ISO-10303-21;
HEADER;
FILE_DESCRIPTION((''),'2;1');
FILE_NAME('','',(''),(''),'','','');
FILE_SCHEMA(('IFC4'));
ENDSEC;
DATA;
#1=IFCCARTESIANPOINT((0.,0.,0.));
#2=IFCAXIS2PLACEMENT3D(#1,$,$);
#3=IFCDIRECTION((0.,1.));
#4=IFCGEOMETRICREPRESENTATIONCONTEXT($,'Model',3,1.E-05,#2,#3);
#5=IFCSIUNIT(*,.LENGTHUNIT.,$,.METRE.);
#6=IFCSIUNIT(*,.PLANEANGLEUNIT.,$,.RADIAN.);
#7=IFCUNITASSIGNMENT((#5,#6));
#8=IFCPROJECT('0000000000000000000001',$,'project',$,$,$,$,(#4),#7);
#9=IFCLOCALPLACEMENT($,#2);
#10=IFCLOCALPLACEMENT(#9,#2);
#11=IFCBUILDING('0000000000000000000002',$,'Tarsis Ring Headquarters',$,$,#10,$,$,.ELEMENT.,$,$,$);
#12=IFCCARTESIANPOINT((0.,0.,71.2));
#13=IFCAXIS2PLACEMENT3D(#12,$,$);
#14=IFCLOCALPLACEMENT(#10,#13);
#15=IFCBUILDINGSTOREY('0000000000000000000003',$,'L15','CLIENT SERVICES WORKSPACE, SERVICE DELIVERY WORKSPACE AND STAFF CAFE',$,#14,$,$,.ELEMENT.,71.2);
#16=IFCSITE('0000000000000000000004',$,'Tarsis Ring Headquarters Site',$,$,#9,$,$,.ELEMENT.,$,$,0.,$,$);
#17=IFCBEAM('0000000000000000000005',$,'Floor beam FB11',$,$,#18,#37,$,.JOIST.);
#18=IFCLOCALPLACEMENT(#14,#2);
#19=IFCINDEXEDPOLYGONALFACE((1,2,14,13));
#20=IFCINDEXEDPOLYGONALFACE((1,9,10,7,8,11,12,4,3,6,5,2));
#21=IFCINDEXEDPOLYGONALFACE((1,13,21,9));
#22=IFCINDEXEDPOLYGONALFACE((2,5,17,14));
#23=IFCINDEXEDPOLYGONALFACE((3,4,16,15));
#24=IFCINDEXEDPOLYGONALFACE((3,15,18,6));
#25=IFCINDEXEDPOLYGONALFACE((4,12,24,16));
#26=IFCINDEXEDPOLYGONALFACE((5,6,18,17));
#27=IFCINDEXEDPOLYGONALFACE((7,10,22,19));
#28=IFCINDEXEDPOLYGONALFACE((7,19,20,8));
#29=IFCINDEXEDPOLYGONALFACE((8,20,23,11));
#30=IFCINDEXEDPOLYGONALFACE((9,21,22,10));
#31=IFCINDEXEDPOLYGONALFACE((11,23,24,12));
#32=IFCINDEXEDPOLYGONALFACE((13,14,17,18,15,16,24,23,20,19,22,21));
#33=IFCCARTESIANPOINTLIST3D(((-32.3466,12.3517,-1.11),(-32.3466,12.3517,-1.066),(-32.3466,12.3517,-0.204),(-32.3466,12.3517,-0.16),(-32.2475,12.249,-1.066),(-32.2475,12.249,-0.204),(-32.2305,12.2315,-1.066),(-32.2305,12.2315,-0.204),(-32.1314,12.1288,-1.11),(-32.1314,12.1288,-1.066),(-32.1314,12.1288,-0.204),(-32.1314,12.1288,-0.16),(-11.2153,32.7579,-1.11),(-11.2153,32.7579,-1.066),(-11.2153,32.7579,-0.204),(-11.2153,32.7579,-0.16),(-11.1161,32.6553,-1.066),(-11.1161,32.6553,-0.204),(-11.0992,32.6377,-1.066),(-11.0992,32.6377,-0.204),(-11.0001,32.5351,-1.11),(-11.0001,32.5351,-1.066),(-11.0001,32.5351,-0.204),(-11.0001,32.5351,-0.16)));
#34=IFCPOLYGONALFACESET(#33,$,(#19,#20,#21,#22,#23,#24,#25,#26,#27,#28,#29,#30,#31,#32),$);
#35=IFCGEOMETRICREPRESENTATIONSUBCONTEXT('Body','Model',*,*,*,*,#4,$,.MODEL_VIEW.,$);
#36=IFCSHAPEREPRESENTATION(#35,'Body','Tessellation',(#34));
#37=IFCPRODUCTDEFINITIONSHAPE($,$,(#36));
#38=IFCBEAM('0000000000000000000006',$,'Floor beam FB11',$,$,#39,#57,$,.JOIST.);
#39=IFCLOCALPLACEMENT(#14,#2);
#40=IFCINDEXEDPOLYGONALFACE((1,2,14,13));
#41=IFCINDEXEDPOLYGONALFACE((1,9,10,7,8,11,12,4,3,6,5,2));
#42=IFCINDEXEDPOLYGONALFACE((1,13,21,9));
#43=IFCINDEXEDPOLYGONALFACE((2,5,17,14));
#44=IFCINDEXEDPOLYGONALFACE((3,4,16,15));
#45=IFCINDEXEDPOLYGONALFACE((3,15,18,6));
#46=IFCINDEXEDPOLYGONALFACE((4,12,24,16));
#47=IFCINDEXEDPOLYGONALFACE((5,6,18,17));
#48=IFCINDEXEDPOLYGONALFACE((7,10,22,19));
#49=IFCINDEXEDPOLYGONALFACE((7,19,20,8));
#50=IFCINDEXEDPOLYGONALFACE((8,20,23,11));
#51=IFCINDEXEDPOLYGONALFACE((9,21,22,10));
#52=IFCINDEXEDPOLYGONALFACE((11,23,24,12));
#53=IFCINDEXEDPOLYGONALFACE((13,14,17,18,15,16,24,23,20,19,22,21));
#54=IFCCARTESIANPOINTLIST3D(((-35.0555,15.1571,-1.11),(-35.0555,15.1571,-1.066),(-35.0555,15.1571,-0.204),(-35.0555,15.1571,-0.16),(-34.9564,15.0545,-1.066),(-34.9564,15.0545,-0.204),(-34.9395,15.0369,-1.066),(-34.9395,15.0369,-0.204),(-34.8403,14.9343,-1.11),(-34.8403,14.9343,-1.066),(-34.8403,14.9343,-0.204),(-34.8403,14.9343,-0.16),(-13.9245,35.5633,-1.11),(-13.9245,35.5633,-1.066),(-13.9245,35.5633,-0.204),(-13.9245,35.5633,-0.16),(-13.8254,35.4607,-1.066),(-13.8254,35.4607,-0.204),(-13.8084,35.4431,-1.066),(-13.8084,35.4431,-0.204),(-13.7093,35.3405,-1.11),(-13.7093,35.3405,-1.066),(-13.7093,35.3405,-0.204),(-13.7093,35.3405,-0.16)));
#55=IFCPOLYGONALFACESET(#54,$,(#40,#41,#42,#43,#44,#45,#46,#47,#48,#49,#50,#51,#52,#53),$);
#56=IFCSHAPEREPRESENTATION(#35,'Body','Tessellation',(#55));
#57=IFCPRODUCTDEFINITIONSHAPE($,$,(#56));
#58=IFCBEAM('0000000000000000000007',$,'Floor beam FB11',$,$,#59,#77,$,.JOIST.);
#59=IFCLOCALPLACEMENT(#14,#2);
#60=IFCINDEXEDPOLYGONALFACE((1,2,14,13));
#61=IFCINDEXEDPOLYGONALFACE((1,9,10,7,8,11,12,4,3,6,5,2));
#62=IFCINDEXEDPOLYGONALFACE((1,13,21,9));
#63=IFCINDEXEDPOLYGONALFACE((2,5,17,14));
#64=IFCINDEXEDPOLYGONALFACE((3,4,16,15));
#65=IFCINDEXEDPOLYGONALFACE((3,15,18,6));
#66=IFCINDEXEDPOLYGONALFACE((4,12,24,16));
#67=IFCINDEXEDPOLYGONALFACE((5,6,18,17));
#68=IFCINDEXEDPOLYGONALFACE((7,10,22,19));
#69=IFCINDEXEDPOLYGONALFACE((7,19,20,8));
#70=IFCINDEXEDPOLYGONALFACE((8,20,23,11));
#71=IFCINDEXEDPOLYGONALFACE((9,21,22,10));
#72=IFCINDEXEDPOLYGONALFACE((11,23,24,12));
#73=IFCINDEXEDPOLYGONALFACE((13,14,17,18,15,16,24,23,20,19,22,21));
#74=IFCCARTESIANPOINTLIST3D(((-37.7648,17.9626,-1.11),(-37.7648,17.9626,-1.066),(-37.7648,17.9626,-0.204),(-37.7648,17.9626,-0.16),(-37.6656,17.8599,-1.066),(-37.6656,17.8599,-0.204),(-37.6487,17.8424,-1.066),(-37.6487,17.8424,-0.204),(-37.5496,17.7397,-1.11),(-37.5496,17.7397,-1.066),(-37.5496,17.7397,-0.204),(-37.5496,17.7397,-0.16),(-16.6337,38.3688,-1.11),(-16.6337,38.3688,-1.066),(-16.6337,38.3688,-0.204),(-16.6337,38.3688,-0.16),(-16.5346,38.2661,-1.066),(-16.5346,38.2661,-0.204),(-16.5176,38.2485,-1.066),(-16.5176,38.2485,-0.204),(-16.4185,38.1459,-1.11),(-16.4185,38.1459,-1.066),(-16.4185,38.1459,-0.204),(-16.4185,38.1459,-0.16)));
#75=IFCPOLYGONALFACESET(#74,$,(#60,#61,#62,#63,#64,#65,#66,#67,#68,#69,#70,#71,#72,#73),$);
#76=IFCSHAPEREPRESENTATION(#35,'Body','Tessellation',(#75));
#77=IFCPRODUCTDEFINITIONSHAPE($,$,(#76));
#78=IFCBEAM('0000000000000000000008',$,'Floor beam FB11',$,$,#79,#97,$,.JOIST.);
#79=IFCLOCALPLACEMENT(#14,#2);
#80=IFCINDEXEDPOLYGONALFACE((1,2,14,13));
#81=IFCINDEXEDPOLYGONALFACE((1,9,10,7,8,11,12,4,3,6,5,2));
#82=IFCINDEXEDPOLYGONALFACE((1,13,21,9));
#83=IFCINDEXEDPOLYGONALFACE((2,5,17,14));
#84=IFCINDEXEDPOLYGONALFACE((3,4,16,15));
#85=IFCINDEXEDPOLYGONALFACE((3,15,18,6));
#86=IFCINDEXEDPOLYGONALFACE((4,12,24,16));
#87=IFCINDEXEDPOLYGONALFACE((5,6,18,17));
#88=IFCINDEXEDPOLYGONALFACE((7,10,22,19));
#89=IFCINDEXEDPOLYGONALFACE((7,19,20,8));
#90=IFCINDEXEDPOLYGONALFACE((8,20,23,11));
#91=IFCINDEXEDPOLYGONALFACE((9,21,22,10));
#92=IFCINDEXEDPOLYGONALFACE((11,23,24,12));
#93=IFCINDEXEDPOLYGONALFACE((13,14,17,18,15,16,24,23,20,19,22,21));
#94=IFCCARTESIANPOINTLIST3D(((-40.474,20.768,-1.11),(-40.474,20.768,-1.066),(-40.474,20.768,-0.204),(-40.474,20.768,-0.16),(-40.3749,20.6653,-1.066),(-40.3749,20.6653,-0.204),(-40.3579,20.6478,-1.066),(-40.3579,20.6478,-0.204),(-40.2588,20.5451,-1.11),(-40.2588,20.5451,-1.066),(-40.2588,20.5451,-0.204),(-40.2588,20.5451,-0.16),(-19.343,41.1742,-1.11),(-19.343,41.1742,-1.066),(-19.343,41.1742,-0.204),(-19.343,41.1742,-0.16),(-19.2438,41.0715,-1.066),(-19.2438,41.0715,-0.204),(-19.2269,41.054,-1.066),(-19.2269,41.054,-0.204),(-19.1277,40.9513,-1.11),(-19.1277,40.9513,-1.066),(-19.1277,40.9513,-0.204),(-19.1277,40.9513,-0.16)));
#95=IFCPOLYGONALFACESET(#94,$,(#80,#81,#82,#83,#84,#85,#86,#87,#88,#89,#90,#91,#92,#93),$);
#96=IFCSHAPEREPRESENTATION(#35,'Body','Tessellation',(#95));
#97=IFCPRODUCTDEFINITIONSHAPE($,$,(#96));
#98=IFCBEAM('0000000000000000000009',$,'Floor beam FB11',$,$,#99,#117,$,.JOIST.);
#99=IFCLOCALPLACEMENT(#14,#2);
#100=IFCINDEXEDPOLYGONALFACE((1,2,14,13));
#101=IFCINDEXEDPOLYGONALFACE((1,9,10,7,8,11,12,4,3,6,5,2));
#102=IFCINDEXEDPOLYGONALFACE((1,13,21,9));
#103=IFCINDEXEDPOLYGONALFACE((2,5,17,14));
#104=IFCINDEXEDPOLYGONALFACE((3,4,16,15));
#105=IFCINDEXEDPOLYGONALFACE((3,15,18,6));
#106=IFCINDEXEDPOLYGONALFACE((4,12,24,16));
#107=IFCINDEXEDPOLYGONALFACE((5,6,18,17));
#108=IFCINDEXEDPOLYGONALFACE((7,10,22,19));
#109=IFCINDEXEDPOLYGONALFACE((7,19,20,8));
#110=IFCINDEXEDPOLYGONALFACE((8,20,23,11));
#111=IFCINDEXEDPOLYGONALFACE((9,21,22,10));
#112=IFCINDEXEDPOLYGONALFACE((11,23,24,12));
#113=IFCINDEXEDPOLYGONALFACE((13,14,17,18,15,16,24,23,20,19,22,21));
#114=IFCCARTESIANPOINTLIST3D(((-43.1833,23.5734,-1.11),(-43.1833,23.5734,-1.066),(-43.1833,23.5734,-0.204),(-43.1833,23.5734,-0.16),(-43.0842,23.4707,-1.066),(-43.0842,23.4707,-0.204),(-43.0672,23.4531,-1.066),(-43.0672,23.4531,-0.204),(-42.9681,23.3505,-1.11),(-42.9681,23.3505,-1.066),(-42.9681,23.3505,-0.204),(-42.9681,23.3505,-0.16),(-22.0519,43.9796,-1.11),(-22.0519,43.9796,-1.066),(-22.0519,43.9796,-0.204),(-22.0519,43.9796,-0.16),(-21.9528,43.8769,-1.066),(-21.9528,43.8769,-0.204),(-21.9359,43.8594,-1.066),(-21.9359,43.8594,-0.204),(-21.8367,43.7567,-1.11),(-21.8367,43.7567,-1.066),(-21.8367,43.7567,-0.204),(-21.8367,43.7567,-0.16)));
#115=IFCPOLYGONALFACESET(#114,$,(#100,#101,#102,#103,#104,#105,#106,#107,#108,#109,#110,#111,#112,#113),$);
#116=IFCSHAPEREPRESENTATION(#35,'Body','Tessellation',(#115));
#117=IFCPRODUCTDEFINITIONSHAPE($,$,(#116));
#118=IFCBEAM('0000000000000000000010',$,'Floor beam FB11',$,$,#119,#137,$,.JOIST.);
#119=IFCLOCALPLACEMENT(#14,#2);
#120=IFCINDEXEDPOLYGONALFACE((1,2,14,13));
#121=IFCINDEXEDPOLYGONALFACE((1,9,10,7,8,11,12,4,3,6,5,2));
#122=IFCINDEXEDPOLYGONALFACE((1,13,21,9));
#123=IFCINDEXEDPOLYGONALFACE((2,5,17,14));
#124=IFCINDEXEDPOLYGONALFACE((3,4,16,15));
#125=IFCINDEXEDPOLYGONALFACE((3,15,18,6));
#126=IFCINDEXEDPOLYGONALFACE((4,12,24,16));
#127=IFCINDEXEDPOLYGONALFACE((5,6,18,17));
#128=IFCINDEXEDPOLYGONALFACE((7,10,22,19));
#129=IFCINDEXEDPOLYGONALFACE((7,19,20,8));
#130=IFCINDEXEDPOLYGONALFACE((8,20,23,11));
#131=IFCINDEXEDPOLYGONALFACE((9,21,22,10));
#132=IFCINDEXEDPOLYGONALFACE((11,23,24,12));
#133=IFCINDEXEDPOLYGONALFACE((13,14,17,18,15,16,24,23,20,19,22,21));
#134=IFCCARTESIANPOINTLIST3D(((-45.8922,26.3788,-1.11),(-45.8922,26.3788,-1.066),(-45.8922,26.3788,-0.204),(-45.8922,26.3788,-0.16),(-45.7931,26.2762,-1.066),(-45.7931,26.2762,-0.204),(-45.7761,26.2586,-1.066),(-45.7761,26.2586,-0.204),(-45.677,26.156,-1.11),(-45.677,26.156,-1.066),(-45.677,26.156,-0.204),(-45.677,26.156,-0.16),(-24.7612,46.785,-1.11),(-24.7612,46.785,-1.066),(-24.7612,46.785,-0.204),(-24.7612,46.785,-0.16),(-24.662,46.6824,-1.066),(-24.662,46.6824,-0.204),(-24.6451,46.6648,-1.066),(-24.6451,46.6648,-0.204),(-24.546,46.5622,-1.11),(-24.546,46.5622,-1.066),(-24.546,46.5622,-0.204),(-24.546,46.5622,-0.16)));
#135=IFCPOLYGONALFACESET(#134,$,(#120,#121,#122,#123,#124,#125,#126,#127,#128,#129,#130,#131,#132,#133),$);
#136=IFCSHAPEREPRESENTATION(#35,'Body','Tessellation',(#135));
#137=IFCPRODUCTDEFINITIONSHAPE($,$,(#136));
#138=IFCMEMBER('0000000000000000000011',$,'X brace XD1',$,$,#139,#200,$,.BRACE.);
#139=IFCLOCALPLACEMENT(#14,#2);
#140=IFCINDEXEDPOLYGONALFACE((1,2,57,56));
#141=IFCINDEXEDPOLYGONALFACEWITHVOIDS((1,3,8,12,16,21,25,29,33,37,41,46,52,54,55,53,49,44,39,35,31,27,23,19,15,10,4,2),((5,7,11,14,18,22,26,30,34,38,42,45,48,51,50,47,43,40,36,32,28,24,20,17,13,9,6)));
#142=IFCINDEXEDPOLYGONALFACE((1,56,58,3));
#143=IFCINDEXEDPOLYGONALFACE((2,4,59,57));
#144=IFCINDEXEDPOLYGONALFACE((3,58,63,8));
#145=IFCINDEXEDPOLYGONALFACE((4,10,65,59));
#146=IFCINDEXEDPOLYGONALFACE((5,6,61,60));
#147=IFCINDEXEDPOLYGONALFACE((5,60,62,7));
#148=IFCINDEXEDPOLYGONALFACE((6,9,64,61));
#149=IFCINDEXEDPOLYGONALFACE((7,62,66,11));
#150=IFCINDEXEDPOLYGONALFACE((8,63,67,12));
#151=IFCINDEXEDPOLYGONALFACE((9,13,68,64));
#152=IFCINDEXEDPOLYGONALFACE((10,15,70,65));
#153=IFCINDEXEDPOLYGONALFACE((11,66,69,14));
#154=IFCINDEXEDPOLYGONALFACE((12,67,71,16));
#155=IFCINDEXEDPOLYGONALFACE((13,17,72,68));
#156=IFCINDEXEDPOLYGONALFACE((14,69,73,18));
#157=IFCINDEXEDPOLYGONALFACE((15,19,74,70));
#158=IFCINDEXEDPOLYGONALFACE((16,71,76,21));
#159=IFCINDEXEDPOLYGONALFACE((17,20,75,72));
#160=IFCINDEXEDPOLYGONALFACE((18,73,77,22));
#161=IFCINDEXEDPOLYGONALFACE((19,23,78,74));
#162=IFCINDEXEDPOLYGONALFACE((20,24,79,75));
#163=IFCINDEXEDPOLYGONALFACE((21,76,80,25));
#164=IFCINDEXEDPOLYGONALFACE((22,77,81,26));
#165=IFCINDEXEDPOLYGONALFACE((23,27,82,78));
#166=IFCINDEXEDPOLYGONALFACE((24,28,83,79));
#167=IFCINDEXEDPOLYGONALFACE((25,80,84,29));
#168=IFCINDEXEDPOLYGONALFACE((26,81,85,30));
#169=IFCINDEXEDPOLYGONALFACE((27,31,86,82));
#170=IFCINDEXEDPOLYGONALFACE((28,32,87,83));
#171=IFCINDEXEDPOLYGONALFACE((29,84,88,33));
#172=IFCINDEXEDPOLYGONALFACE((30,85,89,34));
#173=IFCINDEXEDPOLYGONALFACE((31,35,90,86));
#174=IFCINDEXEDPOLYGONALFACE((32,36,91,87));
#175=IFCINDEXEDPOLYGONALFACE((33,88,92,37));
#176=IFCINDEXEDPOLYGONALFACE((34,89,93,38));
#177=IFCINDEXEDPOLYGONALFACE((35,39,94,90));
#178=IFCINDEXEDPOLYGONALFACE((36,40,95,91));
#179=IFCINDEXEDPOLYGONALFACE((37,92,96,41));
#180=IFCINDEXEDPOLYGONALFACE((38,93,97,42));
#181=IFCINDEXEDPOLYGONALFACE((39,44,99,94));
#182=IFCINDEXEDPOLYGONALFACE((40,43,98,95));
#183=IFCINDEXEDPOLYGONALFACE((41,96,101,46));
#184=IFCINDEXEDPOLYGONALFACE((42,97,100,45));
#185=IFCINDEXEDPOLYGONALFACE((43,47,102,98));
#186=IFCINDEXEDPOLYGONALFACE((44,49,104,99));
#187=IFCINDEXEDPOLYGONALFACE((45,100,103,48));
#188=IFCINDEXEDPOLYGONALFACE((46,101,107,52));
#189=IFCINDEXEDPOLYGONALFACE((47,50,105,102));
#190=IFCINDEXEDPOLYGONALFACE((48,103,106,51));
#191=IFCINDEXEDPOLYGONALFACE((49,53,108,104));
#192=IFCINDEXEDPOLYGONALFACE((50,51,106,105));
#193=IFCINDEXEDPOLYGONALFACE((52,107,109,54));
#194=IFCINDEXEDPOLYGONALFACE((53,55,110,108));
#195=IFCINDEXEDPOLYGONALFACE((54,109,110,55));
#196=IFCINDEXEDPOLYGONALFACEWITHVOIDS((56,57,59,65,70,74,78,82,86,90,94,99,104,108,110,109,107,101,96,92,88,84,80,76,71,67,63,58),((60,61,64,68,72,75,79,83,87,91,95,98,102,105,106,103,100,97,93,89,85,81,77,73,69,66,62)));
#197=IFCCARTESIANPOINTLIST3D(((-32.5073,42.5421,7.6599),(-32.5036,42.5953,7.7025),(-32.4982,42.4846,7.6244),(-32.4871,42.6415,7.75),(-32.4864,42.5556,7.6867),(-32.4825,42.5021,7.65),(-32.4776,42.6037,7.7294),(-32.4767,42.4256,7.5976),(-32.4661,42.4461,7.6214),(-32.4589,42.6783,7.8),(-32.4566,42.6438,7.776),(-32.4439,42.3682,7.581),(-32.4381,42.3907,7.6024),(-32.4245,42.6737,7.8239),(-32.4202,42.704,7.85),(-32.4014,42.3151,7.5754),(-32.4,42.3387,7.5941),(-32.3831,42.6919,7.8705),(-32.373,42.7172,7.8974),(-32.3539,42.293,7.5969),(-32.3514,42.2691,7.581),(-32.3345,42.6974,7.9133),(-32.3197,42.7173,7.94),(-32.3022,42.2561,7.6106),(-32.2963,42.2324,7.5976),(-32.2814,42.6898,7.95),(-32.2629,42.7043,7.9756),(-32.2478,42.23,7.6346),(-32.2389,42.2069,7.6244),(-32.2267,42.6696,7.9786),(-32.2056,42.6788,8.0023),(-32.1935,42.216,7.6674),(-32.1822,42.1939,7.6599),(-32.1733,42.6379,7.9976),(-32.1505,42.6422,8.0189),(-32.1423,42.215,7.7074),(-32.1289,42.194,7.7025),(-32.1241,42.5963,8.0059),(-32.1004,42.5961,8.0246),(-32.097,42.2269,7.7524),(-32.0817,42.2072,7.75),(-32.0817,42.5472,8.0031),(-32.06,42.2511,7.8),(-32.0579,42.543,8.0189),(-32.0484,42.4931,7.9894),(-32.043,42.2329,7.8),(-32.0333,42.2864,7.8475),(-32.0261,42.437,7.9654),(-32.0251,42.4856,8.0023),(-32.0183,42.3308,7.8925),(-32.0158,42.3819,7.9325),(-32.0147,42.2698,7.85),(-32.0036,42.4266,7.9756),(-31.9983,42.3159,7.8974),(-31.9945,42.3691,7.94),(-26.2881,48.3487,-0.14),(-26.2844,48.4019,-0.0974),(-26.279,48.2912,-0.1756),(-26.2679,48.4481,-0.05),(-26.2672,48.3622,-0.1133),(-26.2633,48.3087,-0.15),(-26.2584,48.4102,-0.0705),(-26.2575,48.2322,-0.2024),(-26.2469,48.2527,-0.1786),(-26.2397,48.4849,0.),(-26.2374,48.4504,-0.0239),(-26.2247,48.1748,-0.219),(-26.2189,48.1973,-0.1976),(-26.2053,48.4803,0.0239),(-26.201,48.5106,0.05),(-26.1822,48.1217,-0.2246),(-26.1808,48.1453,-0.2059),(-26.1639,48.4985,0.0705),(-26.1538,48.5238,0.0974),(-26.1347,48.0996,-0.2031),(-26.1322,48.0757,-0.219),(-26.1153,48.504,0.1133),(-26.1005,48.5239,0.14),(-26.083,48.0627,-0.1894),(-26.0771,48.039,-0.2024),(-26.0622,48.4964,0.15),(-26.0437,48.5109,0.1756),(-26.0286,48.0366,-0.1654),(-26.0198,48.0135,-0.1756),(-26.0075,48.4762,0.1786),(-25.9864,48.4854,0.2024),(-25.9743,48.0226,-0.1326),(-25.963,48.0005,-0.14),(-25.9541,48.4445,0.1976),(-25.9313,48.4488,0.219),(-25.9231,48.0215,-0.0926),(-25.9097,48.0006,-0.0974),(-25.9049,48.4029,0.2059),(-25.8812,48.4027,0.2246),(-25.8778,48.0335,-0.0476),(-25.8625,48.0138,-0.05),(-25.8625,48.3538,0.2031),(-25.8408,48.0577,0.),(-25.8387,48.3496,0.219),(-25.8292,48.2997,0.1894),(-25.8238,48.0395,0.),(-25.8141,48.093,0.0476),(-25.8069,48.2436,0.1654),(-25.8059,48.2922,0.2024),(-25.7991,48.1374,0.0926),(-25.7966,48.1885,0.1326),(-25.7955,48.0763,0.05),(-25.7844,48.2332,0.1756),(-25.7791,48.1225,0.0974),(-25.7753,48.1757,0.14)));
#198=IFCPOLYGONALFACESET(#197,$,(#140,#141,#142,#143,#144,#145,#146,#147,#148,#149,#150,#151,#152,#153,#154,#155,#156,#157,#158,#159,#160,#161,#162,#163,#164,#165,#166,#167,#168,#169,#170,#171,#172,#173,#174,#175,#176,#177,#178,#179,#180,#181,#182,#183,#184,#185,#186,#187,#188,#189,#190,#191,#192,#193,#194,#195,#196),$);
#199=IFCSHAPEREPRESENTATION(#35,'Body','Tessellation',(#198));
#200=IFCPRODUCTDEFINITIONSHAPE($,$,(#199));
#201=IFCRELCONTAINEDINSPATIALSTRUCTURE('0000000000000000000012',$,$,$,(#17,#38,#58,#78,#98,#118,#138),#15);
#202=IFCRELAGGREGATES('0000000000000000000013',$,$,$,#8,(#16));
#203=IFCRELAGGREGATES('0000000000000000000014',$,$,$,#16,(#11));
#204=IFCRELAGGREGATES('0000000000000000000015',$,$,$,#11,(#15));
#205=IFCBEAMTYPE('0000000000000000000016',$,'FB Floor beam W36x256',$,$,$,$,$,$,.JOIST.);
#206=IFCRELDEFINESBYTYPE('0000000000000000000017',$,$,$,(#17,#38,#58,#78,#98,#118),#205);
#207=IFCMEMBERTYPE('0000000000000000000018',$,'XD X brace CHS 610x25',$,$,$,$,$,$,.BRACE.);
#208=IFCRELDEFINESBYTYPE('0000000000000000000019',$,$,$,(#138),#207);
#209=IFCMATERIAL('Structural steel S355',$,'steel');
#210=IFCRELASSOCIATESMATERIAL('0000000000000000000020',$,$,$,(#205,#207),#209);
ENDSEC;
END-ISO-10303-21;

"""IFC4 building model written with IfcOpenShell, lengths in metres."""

from ifc_helpers import new_model, si_unit, direction, frame, origin, origin_2d, place, context, subcontext, project, spatial, hollow_circle, i_section, extrude, material, material_profile, profile_set, type_object, element, save


model = new_model("IFC4")

# Units and contexts
model_context = context("Model", 3, precision=1e-05, world=origin(), true_north=direction((0.0, 1.0)))
body_context = subcontext(model_context, "Body", "Model", "MODEL_VIEW")
ifc_project = project(units=[si_unit("LENGTHUNIT", "METRE"), si_unit("PLANEANGLEUNIT", "RADIAN")], contexts=[model_context])

# Site, building, storey
site_placement = place(None, origin())
site = spatial("IfcSite", under=ifc_project, at=site_placement, Name="Tarsis Ring Headquarters Site", CompositionType="ELEMENT", RefElevation=0.0)
building_placement = place(site_placement, origin())
building = spatial("IfcBuilding", under=site, at=building_placement, Name="Tarsis Ring Headquarters", CompositionType="ELEMENT")
storey_placement = place(building_placement, frame((0.0, 0.0, 71.2)))
storey = spatial("IfcBuildingStorey", under=building, at=storey_placement, Name="L15", Description="CLIENT SERVICES WORKSPACE, SERVICE DELIVERY WORKSPACE AND STAFF CAFE", CompositionType="ELEMENT", Elevation=71.2)

# Beams
ifc_material_1 = material(Name="Structural steel S355", Category="steel")
ifc_material_profile_1 = material_profile(ifc_material_1, i_section(OverallWidth=0.3098, OverallDepth=0.95, WebThickness=0.0244, FlangeThickness=0.0439, at=origin_2d()), Name="W36x256")
ifc_profile_set_1 = profile_set([ifc_material_profile_1], Name="Structural steel S355")
beam_type_1 = type_object("IfcBeamType", Name="FB Floor beam W36x256", PredefinedType="JOIST", material=ifc_profile_set_1)
beam_1_placement = place(storey_placement, frame((-11.1077, 32.6465, -0.635), z_axis=(-0.719341, -0.694657, 0.0), x_axis=(0.694657, -0.719341, 0.0)))
element("IfcBeam", 1, at=beam_1_placement, inside=storey, type_object=beam_type_1, Name="Floor beam FB11", PredefinedType="JOIST", context=body_context, shape_type="SweptSolid", body=[
    extrude(i_section(OverallWidth=0.3098, OverallDepth=0.95, WebThickness=0.0244, FlangeThickness=0.0439, at=origin_2d()), origin(), (0.0, 0.0, 1.0), 29.376),
])
for number, where, z_axis, x_axis, name in (
    (2, (-13.8169, 35.4519, -0.635), (-0.719337, -0.694662, 0.0), (0.694662, -0.719337, 0.0), "Floor beam FB11"),
    (3, (-16.5261, 38.2573, -0.635), (-0.719337, -0.694662, 0.0), (0.694662, -0.719337, 0.0), "Floor beam FB11"),
    (4, (-19.2354, 41.0627, -0.635), (-0.719337, -0.694662, 0.0), (0.694662, -0.719337, 0.0), "Floor beam FB11"),
):
    element("IfcBeam", number, at=place(storey_placement, frame(where, z_axis=z_axis, x_axis=x_axis)), inside=storey, type_object=beam_type_1, Name=name, PredefinedType="JOIST", context=body_context, shape_type="SweptSolid", body=[
        extrude(i_section(OverallWidth=0.3098, OverallDepth=0.95, WebThickness=0.0244, FlangeThickness=0.0439, at=origin_2d()), origin(), (0.0, 0.0, 1.0), 29.3757),
    ])
beam_2_placement = place(storey_placement, frame((-21.9443, 43.8682, -0.635), z_axis=(-0.719341, -0.694657, 0.0), x_axis=(0.694657, -0.719341, 0.0)))
element("IfcBeam", 5, at=beam_2_placement, inside=storey, type_object=beam_type_1, Name="Floor beam FB11", PredefinedType="JOIST", context=body_context, shape_type="SweptSolid", body=[
    extrude(i_section(OverallWidth=0.3098, OverallDepth=0.95, WebThickness=0.0244, FlangeThickness=0.0439, at=origin_2d()), origin(), (0.0, 0.0, 1.0), 29.376),
])
beam_3_placement = place(storey_placement, frame((-24.6536, 46.6736, -0.635), z_axis=(-0.719337, -0.694662, 0.0), x_axis=(0.694662, -0.719337, 0.0)))
element("IfcBeam", 6, at=beam_3_placement, inside=storey, type_object=beam_type_1, Name="Floor beam FB11", PredefinedType="JOIST", context=body_context, shape_type="SweptSolid", body=[
    extrude(i_section(OverallWidth=0.3098, OverallDepth=0.95, WebThickness=0.0244, FlangeThickness=0.0439, at=origin_2d()), origin(), (0.0, 0.0, 1.0), 29.3757),
])

# Member
ifc_material_profile_2 = material_profile(ifc_material_1, hollow_circle(Radius=0.3047, WallThickness=0.0249, at=origin_2d()), Name="CHS 610x25")
ifc_profile_set_2 = profile_set([ifc_material_profile_2], Name="Structural steel S355")
member_type = type_object("IfcMemberType", Name="XD X brace CHS 610x25", PredefinedType="BRACE", material=ifc_profile_set_2)
member_placement = place(storey_placement, frame((-26.0317, 48.2622, 0.0), z_axis=(-0.538797, -0.503052, 0.675749), x_axis=(0.682445, -0.730937, 0.0)))
element("IfcMember", 7, at=member_placement, inside=storey, type_object=member_type, Name="X brace XD1", PredefinedType="BRACE", context=body_context, shape_type="SweptSolid", body=[
    extrude(hollow_circle(Radius=0.3047, WallThickness=0.0249, at=origin_2d()), origin(), (0.0, 0.0, 1.0), 11.5427),
])

save(model, "model.ifc")
